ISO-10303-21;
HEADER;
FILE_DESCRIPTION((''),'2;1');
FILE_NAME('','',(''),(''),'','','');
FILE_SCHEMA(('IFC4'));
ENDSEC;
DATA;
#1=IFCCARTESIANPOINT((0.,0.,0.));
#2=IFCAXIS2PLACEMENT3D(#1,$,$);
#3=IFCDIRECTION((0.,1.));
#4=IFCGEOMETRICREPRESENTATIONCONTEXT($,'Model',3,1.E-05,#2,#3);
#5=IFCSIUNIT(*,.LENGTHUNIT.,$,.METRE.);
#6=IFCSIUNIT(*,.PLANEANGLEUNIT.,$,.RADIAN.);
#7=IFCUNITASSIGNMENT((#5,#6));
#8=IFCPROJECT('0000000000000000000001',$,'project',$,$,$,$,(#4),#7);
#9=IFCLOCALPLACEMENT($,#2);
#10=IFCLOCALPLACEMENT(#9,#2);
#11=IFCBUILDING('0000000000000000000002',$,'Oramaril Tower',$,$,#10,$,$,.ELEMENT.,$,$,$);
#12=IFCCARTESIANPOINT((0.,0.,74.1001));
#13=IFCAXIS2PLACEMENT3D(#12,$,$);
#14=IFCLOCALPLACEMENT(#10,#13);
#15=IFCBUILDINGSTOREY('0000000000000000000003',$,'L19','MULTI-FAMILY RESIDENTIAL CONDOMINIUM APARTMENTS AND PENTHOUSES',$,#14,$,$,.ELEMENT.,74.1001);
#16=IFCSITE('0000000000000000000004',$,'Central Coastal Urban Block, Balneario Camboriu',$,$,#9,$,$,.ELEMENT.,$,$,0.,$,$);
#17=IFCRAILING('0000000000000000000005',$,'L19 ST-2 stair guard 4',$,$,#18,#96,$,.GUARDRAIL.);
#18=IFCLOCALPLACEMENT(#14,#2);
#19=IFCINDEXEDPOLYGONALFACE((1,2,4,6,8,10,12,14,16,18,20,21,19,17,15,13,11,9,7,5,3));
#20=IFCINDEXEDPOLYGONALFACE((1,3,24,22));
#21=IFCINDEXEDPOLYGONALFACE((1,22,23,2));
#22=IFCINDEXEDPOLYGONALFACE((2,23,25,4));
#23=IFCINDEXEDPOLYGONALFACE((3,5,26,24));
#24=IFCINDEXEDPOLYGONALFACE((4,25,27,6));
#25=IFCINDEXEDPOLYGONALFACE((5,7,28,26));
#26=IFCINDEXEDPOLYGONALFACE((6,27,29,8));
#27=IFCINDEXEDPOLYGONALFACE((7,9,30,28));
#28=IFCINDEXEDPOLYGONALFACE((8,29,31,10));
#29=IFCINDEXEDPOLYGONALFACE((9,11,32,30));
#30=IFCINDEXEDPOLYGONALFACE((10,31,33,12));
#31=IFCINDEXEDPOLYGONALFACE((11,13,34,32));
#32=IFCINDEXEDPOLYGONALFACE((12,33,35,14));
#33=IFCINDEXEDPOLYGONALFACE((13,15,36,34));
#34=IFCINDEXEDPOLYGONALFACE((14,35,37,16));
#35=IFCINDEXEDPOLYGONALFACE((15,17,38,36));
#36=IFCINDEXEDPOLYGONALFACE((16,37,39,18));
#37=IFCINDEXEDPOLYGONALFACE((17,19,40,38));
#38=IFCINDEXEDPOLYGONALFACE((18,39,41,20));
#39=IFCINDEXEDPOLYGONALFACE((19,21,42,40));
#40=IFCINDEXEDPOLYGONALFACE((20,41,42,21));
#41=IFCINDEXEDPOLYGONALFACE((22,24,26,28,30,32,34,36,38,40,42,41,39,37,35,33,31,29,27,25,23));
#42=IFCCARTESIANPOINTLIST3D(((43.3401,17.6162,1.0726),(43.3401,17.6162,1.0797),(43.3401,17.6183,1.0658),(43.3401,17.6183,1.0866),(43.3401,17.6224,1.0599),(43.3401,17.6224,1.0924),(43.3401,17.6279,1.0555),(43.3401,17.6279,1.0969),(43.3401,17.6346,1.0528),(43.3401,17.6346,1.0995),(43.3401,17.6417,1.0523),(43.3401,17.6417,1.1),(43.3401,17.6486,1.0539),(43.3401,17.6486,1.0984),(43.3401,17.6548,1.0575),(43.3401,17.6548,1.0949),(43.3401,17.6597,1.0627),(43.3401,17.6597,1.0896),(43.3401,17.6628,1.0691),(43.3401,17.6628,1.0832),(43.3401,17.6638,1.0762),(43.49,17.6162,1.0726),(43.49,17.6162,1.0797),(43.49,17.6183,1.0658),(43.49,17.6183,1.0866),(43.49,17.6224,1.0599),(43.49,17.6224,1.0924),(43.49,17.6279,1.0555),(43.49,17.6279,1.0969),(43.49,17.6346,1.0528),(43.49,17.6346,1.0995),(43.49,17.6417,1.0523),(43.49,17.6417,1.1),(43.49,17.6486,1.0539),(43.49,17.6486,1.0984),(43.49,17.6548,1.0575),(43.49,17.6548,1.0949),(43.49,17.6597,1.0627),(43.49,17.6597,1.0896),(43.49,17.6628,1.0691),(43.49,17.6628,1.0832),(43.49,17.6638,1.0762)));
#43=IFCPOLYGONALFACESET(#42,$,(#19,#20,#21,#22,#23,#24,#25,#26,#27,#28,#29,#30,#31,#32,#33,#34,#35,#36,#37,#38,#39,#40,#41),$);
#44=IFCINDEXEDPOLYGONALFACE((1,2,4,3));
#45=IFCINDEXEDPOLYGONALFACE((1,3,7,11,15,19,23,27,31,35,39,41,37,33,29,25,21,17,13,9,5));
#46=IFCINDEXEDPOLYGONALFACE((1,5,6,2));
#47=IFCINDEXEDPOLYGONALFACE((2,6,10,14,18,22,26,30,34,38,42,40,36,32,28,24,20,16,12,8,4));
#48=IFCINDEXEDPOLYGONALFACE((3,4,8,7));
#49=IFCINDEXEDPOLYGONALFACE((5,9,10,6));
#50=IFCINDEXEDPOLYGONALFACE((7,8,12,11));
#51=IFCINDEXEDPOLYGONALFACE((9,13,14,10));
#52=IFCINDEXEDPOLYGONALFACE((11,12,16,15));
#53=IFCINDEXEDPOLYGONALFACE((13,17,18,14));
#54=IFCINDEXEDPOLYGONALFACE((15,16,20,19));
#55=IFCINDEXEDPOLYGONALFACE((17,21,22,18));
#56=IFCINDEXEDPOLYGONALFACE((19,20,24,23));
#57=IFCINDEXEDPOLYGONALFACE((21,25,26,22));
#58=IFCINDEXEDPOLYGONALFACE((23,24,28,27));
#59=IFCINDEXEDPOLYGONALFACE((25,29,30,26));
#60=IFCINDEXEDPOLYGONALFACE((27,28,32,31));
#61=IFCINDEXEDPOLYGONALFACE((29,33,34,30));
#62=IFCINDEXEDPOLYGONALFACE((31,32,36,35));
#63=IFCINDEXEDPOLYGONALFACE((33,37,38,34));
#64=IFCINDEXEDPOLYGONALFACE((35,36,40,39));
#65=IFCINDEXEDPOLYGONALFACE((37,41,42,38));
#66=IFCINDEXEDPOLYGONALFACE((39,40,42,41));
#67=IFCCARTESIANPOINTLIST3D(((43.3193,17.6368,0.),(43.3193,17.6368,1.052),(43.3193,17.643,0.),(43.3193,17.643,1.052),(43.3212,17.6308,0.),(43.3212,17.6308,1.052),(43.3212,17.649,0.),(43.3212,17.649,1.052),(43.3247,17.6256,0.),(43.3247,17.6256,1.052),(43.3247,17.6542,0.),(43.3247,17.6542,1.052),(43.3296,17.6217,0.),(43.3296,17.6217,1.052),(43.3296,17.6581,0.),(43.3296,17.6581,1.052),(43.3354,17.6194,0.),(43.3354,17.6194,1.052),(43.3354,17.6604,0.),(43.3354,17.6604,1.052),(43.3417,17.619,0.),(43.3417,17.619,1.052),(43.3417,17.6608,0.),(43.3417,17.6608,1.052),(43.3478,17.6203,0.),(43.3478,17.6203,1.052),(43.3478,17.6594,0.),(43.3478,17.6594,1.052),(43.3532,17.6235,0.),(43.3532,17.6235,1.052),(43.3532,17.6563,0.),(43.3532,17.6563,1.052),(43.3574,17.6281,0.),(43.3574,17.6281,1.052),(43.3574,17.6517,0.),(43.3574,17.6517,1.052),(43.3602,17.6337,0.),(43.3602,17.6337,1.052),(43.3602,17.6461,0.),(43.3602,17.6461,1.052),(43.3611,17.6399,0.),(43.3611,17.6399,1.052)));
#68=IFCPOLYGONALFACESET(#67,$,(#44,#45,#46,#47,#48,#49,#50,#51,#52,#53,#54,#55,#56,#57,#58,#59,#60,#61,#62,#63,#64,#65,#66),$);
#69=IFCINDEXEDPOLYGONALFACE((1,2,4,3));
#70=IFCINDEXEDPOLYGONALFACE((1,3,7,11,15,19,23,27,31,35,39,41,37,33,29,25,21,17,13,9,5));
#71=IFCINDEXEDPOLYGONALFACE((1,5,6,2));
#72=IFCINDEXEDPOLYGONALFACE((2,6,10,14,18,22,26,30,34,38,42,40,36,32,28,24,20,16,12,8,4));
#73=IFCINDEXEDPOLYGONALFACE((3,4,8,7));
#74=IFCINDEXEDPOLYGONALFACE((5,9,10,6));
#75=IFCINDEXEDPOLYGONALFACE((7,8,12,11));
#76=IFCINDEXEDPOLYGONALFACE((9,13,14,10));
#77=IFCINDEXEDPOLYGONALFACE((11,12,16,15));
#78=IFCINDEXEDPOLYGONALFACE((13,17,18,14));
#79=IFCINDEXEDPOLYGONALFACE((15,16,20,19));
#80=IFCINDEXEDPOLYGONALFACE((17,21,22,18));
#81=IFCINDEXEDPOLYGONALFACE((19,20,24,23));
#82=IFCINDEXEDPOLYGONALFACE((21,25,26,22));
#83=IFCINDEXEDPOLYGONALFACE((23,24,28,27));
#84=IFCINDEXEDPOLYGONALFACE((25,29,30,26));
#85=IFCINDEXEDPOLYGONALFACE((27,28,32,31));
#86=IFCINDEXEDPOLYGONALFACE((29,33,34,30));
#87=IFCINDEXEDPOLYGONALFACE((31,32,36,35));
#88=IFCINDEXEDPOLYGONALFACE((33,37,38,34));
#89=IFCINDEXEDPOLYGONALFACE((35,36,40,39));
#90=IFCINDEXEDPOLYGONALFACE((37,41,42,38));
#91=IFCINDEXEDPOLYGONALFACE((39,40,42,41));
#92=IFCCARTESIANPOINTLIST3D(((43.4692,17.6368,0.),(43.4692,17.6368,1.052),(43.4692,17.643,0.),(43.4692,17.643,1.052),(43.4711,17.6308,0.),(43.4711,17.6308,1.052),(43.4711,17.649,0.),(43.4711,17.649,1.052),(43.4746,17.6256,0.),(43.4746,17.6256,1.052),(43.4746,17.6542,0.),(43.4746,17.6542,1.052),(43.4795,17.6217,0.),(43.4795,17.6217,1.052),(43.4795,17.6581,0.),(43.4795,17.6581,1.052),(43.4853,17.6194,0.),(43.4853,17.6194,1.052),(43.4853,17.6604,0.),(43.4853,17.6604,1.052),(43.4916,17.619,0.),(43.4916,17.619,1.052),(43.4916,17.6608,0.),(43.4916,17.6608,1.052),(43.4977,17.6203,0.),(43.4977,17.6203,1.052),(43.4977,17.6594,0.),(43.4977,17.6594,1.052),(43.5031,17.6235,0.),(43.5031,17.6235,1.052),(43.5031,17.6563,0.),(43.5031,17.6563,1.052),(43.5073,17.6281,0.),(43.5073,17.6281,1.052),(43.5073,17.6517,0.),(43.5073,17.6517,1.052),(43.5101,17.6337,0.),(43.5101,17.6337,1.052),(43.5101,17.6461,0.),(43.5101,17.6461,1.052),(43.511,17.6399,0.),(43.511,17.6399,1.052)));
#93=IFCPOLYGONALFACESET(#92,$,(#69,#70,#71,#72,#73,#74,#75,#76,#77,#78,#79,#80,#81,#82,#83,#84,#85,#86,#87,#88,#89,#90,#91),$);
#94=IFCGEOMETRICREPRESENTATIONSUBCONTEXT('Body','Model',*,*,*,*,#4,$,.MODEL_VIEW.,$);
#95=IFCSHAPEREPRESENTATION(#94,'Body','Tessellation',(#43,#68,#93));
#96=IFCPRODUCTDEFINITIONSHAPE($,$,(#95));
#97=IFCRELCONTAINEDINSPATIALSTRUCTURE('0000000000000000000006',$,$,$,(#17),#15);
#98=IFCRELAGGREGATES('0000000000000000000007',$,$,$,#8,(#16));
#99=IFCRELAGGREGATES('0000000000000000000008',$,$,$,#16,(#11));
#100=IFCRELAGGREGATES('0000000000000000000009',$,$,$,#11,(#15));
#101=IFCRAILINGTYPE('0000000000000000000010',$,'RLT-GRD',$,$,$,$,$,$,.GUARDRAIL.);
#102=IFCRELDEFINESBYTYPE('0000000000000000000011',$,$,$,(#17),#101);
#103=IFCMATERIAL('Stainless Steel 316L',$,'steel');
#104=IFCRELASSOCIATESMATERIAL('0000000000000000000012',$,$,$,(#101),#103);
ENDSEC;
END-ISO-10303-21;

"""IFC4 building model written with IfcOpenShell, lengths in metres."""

from ifc_helpers import new_model, si_unit, direction, frame, origin, origin_2d, place, context, subcontext, project, spatial, circle, extrude, material, type_object, element, save


model = new_model("IFC4")

# Units and contexts
model_context = context("Model", 3, precision=1e-05, world=origin(), true_north=direction((0.0, 1.0)))
body_context = subcontext(model_context, "Body", "Model", "MODEL_VIEW")
ifc_project = project(units=[si_unit("LENGTHUNIT", "METRE"), si_unit("PLANEANGLEUNIT", "RADIAN")], contexts=[model_context])

# Site, building, storey
site_placement = place(None, origin())
site = spatial("IfcSite", under=ifc_project, at=site_placement, Name="Central Coastal Urban Block, Balneario Camboriu", CompositionType="ELEMENT", RefElevation=0.0)
building_placement = place(site_placement, origin())
building = spatial("IfcBuilding", under=site, at=building_placement, Name="Oramaril Tower", CompositionType="ELEMENT")
storey_placement = place(building_placement, frame((0.0, 0.0, 74.1001)))
storey = spatial("IfcBuildingStorey", under=building, at=storey_placement, Name="L19", Description="MULTI-FAMILY RESIDENTIAL CONDOMINIUM APARTMENTS AND PENTHOUSES", CompositionType="ELEMENT", Elevation=74.1001)

# Railing
ifc_material_1 = material(Name="Stainless Steel 316L", Category="steel")
railing_type_1 = type_object("IfcRailingType", Name="RLT-GRD", PredefinedType="GUARDRAIL", material=ifc_material_1)
railing_1_placement = place(storey_placement, frame((43.3401, 17.6399, 0.0)))
element("IfcRailing", 1, at=railing_1_placement, inside=storey, type_object=railing_type_1, Name="L19 ST-2 stair guard 4", PredefinedType="GUARDRAIL", context=body_context, shape_type="SweptSolid", body=[
    extrude(circle(Radius=0.0239, at=origin_2d()), frame((0.0, 0.0, 1.0762), z_axis=(1.0, 0.0, 0.0), x_axis=(0.0, 1.0, 0.0)), (0.0, 0.0, 1.0), 0.1499),
    extrude(circle(Radius=0.021, at=origin_2d()), origin(), (0.0, 0.0, 1.0), 1.052),
    extrude(circle(Radius=0.021, at=origin_2d()), frame((0.1499, 0.0, 0.0)), (0.0, 0.0, 1.0), 1.052),
])

save(model, "model.ifc")
